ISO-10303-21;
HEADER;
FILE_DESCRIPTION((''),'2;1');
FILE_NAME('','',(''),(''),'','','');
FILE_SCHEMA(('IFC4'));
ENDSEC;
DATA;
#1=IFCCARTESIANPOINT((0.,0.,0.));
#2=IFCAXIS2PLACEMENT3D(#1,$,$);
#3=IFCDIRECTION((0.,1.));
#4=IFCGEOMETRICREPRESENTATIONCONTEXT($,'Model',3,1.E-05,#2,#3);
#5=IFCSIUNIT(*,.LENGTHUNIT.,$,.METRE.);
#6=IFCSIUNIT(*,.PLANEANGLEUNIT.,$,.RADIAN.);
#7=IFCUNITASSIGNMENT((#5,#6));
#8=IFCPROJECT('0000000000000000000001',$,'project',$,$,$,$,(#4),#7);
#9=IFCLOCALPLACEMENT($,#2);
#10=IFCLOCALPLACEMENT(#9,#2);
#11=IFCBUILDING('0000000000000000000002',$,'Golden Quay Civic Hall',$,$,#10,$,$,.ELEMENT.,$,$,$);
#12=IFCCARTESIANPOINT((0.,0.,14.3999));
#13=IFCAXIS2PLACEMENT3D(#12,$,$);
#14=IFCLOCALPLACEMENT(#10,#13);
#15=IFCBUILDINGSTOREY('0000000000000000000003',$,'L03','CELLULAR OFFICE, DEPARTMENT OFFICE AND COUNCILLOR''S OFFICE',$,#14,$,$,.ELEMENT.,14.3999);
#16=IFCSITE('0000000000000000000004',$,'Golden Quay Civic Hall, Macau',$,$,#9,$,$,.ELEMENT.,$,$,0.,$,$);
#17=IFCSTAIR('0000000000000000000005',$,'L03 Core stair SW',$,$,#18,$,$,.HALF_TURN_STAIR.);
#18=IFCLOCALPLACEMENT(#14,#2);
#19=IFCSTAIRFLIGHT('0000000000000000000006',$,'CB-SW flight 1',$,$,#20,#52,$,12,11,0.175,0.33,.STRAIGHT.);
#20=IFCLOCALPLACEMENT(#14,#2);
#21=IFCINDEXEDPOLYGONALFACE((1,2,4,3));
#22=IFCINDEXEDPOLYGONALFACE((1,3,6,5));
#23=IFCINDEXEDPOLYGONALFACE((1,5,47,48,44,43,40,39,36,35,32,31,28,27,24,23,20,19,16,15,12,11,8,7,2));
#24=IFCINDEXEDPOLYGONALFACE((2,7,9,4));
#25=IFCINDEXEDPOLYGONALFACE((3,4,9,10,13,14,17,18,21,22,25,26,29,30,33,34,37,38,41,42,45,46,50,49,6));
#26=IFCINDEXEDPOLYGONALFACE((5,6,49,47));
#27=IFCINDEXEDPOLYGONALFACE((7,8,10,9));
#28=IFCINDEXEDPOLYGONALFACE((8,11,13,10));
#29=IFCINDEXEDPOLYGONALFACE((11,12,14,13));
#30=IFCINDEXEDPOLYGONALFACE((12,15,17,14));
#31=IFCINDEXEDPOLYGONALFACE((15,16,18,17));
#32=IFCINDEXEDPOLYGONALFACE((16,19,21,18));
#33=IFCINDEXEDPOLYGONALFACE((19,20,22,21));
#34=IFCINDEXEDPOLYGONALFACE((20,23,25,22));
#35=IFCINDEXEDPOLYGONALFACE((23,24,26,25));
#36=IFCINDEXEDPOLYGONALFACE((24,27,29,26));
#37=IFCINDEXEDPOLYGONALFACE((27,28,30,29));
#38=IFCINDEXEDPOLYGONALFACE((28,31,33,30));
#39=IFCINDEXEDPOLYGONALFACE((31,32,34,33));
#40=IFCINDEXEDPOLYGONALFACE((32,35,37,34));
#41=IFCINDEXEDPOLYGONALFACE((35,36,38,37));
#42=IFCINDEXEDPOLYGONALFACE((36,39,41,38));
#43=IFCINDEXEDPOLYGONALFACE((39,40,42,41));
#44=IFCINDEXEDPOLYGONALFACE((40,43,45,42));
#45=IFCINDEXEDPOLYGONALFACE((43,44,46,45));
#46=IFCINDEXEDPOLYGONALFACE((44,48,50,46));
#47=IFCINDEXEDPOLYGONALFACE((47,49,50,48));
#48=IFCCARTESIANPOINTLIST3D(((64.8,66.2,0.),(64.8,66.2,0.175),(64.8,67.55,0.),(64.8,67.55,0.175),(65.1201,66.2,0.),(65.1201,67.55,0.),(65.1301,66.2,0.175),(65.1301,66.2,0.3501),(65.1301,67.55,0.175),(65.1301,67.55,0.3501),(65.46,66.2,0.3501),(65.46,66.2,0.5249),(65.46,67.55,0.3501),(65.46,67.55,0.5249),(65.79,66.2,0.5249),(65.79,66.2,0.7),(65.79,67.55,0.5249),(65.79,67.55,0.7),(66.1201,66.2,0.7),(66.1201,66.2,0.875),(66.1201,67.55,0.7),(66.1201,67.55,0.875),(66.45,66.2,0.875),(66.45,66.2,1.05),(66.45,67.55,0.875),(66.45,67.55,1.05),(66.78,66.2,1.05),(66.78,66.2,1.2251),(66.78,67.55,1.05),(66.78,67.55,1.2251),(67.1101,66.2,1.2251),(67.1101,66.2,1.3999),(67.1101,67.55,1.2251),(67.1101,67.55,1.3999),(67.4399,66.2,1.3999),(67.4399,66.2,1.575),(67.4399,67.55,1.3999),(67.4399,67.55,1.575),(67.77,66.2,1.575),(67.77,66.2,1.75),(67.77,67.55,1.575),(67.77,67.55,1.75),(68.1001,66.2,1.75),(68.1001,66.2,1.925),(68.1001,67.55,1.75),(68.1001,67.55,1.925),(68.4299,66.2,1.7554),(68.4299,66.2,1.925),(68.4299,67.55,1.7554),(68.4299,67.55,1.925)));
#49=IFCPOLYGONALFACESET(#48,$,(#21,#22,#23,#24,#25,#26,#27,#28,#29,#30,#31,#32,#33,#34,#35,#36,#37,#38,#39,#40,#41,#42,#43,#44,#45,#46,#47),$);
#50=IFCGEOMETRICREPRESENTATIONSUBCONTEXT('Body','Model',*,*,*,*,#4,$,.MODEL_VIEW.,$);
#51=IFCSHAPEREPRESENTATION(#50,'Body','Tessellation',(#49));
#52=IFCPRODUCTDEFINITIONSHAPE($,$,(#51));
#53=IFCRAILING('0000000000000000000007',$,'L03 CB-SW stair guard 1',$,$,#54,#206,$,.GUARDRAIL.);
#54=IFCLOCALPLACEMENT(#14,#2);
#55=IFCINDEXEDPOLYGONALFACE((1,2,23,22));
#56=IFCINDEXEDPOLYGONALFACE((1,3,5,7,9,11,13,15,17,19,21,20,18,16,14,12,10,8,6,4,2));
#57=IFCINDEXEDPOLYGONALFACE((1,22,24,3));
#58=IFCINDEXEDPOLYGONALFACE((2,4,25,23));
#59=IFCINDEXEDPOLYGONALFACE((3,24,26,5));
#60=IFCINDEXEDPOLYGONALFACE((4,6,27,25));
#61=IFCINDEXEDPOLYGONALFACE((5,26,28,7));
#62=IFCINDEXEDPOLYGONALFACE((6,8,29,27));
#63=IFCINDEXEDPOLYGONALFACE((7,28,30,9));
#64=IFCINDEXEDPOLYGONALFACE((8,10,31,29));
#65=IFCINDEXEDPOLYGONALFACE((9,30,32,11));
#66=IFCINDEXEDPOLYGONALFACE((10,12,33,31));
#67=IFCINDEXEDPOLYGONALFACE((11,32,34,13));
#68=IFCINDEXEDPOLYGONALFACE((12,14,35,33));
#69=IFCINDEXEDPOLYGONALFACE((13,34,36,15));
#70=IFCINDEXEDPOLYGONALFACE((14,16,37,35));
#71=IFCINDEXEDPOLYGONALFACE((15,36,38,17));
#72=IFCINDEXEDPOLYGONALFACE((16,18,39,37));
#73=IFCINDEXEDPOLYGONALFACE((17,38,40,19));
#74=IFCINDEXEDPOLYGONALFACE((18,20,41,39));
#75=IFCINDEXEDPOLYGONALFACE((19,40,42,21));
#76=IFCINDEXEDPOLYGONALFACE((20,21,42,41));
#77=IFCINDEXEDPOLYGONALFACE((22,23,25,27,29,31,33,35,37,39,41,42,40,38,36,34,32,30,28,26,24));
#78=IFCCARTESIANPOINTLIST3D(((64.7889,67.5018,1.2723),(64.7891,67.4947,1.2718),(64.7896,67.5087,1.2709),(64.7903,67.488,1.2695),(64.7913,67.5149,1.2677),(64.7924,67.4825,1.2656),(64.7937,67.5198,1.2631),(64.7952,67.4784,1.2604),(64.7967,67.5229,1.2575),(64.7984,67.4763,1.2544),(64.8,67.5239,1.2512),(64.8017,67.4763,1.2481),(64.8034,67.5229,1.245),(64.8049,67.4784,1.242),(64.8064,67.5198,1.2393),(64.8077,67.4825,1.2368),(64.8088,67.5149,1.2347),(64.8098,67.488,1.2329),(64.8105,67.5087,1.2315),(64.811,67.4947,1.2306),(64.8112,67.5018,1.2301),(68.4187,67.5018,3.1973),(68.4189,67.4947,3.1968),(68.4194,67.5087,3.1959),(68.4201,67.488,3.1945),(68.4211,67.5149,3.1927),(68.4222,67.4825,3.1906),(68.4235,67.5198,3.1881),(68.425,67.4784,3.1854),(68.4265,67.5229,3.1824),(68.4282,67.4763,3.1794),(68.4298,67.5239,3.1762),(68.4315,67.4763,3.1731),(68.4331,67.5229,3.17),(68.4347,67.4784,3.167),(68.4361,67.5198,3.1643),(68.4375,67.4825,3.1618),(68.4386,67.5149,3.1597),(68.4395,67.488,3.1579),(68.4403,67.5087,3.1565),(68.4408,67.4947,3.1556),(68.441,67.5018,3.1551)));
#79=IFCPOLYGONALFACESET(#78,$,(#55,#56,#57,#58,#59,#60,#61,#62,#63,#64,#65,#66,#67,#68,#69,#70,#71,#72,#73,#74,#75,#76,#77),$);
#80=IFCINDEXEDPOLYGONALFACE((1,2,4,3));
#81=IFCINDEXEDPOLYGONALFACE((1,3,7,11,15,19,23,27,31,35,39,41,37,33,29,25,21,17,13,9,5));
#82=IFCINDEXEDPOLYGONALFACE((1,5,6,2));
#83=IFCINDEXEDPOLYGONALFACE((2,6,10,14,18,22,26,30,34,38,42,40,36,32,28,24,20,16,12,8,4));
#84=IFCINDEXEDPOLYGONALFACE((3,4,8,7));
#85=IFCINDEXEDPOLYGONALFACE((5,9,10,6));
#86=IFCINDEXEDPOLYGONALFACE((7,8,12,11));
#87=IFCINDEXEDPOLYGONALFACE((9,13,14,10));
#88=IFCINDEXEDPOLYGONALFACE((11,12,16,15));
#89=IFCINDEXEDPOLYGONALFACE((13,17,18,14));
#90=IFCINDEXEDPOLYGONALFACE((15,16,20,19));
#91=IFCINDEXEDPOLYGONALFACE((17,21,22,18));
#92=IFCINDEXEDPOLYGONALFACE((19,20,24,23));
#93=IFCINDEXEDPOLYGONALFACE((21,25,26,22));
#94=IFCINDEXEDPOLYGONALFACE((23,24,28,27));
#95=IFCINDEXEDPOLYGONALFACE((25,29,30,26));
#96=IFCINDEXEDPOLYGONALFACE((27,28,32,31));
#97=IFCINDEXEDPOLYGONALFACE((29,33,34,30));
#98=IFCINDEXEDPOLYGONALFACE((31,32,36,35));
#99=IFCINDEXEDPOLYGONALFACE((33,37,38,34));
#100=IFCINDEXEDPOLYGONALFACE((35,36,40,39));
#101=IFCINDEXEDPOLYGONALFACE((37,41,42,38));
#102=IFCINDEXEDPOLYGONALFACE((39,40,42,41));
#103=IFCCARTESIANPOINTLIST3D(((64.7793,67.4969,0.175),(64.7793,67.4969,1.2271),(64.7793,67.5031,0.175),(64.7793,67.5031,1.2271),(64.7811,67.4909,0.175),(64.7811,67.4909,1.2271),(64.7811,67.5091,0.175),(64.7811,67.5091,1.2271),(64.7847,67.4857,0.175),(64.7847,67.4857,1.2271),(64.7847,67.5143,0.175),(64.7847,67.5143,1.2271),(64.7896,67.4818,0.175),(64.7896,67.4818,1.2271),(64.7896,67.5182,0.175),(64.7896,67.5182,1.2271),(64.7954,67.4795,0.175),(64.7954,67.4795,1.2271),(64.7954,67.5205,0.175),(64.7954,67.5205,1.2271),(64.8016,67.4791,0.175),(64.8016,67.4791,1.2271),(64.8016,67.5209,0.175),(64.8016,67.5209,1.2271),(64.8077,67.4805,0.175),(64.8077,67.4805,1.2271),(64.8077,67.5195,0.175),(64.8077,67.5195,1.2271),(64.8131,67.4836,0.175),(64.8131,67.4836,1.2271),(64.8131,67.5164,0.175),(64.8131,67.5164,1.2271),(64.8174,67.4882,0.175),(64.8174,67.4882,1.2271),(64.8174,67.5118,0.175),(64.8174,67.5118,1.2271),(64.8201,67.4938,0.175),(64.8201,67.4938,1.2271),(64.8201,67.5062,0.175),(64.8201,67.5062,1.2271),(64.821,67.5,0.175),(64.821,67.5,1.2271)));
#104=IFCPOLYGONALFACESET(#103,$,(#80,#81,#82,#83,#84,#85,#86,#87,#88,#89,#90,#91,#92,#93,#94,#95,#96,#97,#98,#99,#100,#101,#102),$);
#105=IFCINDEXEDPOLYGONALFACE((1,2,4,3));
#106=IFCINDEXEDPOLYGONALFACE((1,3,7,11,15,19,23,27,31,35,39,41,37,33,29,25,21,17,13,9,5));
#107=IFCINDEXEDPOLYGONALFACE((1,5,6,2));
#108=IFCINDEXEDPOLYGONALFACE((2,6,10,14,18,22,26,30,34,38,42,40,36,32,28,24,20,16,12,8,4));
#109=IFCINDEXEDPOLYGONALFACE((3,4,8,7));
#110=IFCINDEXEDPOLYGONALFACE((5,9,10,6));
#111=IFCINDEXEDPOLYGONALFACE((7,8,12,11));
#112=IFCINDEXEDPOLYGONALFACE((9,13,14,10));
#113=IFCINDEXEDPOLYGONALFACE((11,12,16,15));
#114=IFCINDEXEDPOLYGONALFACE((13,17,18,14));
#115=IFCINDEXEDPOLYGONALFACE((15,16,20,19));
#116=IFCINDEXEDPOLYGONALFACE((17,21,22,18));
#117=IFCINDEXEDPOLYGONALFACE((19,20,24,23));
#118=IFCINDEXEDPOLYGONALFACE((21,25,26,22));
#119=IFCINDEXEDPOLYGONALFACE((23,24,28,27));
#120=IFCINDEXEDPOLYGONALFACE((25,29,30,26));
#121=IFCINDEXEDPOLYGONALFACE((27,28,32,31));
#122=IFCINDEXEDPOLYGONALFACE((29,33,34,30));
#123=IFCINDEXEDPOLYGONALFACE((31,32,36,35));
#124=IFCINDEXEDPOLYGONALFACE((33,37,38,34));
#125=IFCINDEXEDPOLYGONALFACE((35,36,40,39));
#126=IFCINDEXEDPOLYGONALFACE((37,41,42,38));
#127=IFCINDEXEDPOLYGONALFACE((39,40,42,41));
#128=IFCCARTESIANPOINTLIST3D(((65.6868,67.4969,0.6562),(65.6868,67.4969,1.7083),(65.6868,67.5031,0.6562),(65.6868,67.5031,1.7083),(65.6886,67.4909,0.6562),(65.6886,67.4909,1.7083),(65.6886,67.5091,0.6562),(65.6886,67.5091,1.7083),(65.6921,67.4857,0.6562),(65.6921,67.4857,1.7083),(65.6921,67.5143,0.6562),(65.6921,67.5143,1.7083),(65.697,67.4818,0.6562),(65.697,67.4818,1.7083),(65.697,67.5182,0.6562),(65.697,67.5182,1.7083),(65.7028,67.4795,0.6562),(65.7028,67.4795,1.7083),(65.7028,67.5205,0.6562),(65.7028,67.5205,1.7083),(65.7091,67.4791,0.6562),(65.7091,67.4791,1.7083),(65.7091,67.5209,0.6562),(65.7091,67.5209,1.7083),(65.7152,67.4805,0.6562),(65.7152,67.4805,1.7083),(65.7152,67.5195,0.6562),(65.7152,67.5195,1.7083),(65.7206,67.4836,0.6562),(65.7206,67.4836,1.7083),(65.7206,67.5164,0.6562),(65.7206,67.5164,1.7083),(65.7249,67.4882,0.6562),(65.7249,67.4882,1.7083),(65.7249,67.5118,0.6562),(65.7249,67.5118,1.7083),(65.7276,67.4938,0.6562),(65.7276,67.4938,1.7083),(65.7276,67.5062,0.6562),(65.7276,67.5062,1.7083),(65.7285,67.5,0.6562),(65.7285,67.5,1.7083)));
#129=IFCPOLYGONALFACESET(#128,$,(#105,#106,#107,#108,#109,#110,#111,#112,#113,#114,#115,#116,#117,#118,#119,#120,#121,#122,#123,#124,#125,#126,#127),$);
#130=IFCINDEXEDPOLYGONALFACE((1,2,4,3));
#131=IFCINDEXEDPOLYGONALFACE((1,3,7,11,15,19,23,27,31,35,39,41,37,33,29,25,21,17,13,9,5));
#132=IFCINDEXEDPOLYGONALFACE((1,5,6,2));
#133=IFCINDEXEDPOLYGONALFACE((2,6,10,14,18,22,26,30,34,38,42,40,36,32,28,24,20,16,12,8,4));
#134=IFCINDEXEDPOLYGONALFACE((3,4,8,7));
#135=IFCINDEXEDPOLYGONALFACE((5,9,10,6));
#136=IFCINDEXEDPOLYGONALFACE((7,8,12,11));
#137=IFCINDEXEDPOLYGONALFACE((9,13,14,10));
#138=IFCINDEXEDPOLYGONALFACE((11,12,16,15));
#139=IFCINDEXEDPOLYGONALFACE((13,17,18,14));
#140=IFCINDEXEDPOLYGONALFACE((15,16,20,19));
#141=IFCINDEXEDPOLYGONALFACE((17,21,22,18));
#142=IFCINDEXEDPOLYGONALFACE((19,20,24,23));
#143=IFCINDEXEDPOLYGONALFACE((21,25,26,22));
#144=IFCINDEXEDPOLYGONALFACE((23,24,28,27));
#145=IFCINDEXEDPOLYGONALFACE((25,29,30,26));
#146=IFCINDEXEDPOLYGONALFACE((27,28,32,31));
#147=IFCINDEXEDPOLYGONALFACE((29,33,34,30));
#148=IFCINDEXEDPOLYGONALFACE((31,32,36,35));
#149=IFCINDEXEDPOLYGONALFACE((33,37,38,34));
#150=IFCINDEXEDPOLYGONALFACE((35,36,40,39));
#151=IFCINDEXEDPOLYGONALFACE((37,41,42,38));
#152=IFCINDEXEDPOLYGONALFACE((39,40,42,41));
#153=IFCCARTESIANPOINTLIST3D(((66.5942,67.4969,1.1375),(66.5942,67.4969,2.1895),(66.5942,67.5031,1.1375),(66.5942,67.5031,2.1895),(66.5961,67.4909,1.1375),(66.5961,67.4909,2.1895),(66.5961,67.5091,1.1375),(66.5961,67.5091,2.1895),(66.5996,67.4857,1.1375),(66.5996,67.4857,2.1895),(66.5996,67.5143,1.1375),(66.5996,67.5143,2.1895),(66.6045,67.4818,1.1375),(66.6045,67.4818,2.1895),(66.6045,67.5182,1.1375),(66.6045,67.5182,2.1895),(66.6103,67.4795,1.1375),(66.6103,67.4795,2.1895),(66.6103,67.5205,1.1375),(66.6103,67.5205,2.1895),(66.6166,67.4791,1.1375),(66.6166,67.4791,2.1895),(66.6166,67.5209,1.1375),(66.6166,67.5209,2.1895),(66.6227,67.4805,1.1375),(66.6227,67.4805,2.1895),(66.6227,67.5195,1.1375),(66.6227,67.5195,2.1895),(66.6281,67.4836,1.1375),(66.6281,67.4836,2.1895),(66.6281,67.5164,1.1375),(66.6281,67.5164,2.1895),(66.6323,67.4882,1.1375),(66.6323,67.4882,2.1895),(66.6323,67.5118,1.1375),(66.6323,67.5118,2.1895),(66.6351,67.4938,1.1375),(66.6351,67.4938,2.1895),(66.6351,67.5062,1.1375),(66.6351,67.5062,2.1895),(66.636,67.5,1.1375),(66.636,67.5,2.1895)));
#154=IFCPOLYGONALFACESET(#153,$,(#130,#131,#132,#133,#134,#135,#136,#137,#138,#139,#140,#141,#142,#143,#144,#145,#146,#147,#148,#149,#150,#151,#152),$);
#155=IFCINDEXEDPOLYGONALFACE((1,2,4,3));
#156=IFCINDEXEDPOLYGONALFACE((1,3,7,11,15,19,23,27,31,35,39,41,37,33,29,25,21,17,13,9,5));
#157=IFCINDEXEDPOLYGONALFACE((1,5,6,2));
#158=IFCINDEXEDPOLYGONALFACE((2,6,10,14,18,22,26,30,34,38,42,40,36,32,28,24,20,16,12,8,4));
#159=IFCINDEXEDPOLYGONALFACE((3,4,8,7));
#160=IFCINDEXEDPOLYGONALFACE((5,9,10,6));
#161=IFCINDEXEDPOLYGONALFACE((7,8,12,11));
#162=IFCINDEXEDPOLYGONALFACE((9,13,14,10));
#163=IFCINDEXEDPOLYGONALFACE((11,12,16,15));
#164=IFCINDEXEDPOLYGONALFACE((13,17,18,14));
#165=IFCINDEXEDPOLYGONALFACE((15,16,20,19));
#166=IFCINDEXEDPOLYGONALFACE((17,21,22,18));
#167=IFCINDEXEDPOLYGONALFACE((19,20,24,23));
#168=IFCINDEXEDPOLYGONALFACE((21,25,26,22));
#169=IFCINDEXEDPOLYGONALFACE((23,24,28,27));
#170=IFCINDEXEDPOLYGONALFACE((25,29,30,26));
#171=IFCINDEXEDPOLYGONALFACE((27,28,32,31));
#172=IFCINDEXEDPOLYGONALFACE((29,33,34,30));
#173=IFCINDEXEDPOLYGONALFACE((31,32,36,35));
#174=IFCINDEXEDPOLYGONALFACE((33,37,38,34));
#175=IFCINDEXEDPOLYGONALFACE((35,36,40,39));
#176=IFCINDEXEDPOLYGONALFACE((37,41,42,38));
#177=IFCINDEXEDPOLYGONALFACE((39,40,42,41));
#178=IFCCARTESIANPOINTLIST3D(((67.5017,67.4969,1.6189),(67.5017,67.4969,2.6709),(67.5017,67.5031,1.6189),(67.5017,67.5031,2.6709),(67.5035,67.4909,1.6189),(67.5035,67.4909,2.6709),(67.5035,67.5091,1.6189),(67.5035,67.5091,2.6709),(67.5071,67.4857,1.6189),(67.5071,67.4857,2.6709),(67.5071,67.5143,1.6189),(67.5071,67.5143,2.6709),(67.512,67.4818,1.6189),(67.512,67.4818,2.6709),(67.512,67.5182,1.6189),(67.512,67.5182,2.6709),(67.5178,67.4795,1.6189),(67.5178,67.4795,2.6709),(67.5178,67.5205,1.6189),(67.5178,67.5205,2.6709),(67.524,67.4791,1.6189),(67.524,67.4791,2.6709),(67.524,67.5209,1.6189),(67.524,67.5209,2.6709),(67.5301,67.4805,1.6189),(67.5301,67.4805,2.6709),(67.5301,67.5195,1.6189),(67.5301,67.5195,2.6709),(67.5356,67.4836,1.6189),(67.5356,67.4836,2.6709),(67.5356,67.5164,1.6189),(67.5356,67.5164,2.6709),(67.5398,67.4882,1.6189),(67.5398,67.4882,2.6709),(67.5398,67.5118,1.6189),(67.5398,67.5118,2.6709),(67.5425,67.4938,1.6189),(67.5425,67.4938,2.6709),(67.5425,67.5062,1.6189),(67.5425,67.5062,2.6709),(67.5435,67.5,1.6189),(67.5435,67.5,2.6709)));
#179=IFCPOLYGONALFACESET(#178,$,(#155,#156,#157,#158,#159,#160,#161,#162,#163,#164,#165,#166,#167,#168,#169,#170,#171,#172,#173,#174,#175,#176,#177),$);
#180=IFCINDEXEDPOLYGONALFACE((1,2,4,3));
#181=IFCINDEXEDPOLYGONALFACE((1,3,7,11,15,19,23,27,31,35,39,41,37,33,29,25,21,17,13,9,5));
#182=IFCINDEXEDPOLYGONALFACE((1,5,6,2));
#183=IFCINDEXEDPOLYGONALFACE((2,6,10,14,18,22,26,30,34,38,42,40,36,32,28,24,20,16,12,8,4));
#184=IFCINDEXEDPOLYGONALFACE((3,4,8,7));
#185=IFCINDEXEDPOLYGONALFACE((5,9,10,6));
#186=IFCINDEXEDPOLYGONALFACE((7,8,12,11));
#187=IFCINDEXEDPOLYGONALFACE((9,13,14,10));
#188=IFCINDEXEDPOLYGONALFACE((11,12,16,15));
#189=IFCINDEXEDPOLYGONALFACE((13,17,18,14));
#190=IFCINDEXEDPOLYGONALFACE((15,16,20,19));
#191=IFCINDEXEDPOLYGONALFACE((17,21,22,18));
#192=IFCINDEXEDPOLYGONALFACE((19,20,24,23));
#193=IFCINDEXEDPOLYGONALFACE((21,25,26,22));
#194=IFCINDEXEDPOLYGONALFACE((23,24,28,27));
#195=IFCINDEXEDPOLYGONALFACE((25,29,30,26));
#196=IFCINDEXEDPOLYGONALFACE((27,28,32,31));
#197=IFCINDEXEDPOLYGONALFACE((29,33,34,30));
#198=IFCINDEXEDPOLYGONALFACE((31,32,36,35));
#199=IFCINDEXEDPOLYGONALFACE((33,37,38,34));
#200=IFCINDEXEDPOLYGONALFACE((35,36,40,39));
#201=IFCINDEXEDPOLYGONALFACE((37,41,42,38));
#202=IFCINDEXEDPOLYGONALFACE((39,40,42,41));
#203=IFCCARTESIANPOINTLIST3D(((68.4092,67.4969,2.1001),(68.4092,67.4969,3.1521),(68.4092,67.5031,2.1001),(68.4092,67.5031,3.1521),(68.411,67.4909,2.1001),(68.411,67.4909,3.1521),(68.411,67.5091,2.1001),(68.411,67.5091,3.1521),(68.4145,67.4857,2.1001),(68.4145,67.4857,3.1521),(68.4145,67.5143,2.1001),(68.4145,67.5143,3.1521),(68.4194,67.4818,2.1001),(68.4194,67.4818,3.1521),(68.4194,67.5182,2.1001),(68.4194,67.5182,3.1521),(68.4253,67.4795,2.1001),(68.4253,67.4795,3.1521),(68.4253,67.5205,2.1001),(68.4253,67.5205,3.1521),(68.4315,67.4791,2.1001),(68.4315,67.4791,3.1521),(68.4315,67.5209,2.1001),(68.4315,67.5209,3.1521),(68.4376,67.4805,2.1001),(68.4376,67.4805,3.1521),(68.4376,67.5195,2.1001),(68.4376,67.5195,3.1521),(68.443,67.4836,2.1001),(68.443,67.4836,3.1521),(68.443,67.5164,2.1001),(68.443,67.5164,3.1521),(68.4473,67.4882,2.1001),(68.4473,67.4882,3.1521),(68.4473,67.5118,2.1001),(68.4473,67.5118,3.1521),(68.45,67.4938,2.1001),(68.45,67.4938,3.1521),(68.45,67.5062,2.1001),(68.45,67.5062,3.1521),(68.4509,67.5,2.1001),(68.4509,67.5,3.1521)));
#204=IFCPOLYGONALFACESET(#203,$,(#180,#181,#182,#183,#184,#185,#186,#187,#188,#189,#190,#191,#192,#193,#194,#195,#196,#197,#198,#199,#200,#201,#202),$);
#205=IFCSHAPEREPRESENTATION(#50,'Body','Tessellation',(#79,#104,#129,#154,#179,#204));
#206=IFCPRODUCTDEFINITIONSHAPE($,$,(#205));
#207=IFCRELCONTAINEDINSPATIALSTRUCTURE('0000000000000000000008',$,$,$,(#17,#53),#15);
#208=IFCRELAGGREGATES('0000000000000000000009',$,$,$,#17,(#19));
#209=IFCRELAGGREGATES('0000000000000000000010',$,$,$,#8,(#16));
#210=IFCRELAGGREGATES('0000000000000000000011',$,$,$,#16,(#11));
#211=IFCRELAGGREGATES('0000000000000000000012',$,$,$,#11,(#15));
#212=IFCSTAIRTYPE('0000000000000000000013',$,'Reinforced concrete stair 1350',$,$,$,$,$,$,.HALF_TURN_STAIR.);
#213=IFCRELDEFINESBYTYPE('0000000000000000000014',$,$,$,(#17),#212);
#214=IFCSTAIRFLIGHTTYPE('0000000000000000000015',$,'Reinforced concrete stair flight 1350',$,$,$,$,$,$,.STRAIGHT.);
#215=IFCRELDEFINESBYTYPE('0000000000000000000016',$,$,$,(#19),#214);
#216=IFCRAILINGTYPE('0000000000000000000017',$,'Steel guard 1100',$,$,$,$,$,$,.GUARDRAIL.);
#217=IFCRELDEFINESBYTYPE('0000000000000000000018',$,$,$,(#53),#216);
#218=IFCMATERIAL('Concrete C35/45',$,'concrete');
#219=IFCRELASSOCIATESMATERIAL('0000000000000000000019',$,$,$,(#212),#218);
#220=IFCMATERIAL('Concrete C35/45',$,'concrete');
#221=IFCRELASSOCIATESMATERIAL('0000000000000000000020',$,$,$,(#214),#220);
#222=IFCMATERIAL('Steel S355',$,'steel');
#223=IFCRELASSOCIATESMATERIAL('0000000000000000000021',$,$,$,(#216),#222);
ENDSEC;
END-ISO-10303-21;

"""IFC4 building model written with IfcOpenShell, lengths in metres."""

from ifc_helpers import new_model, si_unit, direction, frame, origin, origin_2d, place, context, subcontext, project, spatial, polyline, circle, outline, extrude, material, type_object, element, aggregate, save


model = new_model("IFC4")

# Units and contexts
model_context = context("Model", 3, precision=1e-05, world=origin(), true_north=direction((0.0, 1.0)))
body_context = subcontext(model_context, "Body", "Model", "MODEL_VIEW")
ifc_project = project(units=[si_unit("LENGTHUNIT", "METRE"), si_unit("PLANEANGLEUNIT", "RADIAN")], contexts=[model_context])

# Site, building, storey
site_placement = place(None, origin())
site = spatial("IfcSite", under=ifc_project, at=site_placement, Name="Golden Quay Civic Hall, Macau", CompositionType="ELEMENT", RefElevation=0.0)
building_placement = place(site_placement, origin())
building = spatial("IfcBuilding", under=site, at=building_placement, Name="Golden Quay Civic Hall", CompositionType="ELEMENT")
storey_placement = place(building_placement, frame((0.0, 0.0, 14.3999)))
storey = spatial("IfcBuildingStorey", under=building, at=storey_placement, Name="L03", Description="CELLULAR OFFICE, DEPARTMENT OFFICE AND COUNCILLOR'S OFFICE", CompositionType="ELEMENT", Elevation=14.3999)

# Stair, stair flight
ifc_material_1 = material(Name="Concrete C35/45", Category="concrete")
stair_type = type_object("IfcStairType", Name="Reinforced concrete stair 1350", PredefinedType="HALF_TURN_STAIR", material=ifc_material_1)
stair_placement = place(storey_placement, origin())
stair = element("IfcStair", 1, at=stair_placement, inside=storey, type_object=stair_type, Name="L03 Core stair SW", PredefinedType="HALF_TURN_STAIR")
ifc_material_2 = material(Name="Concrete C35/45", Category="concrete")
stair_flight_type = type_object("IfcStairFlightType", Name="Reinforced concrete stair flight 1350", PredefinedType="STRAIGHT", material=ifc_material_2)
stair_flight_placement = place(storey_placement, frame((64.8, 66.875, 0.0), z_axis=(0.0, 0.0, 1.0), x_axis=(1.0, 0.0, 0.0)))
stair_flight = element("IfcStairFlight", 2, at=stair_flight_placement, type_object=stair_flight_type, Name="CB-SW flight 1", NumberOfRisers=12, NumberOfTreads=11, PredefinedType="STRAIGHT", RiserHeight=0.175, TreadLength=0.33, context=body_context, shape_type="SweptSolid", body=[
    extrude(outline(polyline([(0.0, 0.0), (0.0, 0.175), (0.3301, 0.175), (0.3301, 0.3501), (0.6599, 0.3501), (0.6599, 0.5249), (0.99, 0.5249), (0.99, 0.7), (1.3201, 0.7), (1.3201, 0.875), (1.6499, 0.875), (1.6499, 1.05), (1.98, 1.05), (1.98, 1.2251), (2.3101, 1.2251), (2.3101, 1.3999), (2.6399, 1.3999), (2.6399, 1.575), (2.97, 1.575), (2.97, 1.75), (3.3, 1.75), (3.3, 1.925), (3.6299, 1.925), (3.6299, 2.1001), (3.6299, 1.7554), (0.3201, 0.0), (0.0, 0.0)])), frame((0.0, 0.675, 0.0), z_axis=(0.0, -1.0, 0.0), x_axis=(1.0, 0.0, 0.0)), (0.0, 0.0, 1.0), 1.35),
])
aggregate(stair, [stair_flight])

# Railing
ifc_material_3 = material(Name="Steel S355", Category="steel")
railing_type_1 = type_object("IfcRailingType", Name="Steel guard 1100", PredefinedType="GUARDRAIL", material=ifc_material_3)
railing_1_placement = place(storey_placement, frame((64.8, 67.5, 0.175)))
element("IfcRailing", 3, at=railing_1_placement, inside=storey, type_object=railing_type_1, Name="L03 CB-SW stair guard 1", PredefinedType="GUARDRAIL", context=body_context, shape_type="SweptSolid", body=[
    extrude(circle(Radius=0.0239, at=origin_2d()), frame((0.0, 0.0, 1.0762), z_axis=(0.883451, 0.0, 0.468524), x_axis=(0.0, 1.0, 0.0)), (0.0, 0.0, 1.0), 4.1086),
    extrude(circle(Radius=0.021, at=origin_2d()), origin(), (0.0, 0.0, 1.0), 1.052),
    extrude(circle(Radius=0.021, at=origin_2d()), frame((0.9075, 0.0, 0.4812)), (0.0, 0.0, 1.0), 1.052),
    extrude(circle(Radius=0.021, at=origin_2d()), frame((1.8149, 0.0, 0.9624)), (0.0, 0.0, 1.0), 1.052),
    extrude(circle(Radius=0.021, at=origin_2d()), frame((2.7224, 0.0, 1.4438)), (0.0, 0.0, 1.0), 1.052),
    extrude(circle(Radius=0.021, at=origin_2d()), frame((3.6299, 0.0, 1.925)), (0.0, 0.0, 1.0), 1.052),
])

save(model, "model.ifc")
